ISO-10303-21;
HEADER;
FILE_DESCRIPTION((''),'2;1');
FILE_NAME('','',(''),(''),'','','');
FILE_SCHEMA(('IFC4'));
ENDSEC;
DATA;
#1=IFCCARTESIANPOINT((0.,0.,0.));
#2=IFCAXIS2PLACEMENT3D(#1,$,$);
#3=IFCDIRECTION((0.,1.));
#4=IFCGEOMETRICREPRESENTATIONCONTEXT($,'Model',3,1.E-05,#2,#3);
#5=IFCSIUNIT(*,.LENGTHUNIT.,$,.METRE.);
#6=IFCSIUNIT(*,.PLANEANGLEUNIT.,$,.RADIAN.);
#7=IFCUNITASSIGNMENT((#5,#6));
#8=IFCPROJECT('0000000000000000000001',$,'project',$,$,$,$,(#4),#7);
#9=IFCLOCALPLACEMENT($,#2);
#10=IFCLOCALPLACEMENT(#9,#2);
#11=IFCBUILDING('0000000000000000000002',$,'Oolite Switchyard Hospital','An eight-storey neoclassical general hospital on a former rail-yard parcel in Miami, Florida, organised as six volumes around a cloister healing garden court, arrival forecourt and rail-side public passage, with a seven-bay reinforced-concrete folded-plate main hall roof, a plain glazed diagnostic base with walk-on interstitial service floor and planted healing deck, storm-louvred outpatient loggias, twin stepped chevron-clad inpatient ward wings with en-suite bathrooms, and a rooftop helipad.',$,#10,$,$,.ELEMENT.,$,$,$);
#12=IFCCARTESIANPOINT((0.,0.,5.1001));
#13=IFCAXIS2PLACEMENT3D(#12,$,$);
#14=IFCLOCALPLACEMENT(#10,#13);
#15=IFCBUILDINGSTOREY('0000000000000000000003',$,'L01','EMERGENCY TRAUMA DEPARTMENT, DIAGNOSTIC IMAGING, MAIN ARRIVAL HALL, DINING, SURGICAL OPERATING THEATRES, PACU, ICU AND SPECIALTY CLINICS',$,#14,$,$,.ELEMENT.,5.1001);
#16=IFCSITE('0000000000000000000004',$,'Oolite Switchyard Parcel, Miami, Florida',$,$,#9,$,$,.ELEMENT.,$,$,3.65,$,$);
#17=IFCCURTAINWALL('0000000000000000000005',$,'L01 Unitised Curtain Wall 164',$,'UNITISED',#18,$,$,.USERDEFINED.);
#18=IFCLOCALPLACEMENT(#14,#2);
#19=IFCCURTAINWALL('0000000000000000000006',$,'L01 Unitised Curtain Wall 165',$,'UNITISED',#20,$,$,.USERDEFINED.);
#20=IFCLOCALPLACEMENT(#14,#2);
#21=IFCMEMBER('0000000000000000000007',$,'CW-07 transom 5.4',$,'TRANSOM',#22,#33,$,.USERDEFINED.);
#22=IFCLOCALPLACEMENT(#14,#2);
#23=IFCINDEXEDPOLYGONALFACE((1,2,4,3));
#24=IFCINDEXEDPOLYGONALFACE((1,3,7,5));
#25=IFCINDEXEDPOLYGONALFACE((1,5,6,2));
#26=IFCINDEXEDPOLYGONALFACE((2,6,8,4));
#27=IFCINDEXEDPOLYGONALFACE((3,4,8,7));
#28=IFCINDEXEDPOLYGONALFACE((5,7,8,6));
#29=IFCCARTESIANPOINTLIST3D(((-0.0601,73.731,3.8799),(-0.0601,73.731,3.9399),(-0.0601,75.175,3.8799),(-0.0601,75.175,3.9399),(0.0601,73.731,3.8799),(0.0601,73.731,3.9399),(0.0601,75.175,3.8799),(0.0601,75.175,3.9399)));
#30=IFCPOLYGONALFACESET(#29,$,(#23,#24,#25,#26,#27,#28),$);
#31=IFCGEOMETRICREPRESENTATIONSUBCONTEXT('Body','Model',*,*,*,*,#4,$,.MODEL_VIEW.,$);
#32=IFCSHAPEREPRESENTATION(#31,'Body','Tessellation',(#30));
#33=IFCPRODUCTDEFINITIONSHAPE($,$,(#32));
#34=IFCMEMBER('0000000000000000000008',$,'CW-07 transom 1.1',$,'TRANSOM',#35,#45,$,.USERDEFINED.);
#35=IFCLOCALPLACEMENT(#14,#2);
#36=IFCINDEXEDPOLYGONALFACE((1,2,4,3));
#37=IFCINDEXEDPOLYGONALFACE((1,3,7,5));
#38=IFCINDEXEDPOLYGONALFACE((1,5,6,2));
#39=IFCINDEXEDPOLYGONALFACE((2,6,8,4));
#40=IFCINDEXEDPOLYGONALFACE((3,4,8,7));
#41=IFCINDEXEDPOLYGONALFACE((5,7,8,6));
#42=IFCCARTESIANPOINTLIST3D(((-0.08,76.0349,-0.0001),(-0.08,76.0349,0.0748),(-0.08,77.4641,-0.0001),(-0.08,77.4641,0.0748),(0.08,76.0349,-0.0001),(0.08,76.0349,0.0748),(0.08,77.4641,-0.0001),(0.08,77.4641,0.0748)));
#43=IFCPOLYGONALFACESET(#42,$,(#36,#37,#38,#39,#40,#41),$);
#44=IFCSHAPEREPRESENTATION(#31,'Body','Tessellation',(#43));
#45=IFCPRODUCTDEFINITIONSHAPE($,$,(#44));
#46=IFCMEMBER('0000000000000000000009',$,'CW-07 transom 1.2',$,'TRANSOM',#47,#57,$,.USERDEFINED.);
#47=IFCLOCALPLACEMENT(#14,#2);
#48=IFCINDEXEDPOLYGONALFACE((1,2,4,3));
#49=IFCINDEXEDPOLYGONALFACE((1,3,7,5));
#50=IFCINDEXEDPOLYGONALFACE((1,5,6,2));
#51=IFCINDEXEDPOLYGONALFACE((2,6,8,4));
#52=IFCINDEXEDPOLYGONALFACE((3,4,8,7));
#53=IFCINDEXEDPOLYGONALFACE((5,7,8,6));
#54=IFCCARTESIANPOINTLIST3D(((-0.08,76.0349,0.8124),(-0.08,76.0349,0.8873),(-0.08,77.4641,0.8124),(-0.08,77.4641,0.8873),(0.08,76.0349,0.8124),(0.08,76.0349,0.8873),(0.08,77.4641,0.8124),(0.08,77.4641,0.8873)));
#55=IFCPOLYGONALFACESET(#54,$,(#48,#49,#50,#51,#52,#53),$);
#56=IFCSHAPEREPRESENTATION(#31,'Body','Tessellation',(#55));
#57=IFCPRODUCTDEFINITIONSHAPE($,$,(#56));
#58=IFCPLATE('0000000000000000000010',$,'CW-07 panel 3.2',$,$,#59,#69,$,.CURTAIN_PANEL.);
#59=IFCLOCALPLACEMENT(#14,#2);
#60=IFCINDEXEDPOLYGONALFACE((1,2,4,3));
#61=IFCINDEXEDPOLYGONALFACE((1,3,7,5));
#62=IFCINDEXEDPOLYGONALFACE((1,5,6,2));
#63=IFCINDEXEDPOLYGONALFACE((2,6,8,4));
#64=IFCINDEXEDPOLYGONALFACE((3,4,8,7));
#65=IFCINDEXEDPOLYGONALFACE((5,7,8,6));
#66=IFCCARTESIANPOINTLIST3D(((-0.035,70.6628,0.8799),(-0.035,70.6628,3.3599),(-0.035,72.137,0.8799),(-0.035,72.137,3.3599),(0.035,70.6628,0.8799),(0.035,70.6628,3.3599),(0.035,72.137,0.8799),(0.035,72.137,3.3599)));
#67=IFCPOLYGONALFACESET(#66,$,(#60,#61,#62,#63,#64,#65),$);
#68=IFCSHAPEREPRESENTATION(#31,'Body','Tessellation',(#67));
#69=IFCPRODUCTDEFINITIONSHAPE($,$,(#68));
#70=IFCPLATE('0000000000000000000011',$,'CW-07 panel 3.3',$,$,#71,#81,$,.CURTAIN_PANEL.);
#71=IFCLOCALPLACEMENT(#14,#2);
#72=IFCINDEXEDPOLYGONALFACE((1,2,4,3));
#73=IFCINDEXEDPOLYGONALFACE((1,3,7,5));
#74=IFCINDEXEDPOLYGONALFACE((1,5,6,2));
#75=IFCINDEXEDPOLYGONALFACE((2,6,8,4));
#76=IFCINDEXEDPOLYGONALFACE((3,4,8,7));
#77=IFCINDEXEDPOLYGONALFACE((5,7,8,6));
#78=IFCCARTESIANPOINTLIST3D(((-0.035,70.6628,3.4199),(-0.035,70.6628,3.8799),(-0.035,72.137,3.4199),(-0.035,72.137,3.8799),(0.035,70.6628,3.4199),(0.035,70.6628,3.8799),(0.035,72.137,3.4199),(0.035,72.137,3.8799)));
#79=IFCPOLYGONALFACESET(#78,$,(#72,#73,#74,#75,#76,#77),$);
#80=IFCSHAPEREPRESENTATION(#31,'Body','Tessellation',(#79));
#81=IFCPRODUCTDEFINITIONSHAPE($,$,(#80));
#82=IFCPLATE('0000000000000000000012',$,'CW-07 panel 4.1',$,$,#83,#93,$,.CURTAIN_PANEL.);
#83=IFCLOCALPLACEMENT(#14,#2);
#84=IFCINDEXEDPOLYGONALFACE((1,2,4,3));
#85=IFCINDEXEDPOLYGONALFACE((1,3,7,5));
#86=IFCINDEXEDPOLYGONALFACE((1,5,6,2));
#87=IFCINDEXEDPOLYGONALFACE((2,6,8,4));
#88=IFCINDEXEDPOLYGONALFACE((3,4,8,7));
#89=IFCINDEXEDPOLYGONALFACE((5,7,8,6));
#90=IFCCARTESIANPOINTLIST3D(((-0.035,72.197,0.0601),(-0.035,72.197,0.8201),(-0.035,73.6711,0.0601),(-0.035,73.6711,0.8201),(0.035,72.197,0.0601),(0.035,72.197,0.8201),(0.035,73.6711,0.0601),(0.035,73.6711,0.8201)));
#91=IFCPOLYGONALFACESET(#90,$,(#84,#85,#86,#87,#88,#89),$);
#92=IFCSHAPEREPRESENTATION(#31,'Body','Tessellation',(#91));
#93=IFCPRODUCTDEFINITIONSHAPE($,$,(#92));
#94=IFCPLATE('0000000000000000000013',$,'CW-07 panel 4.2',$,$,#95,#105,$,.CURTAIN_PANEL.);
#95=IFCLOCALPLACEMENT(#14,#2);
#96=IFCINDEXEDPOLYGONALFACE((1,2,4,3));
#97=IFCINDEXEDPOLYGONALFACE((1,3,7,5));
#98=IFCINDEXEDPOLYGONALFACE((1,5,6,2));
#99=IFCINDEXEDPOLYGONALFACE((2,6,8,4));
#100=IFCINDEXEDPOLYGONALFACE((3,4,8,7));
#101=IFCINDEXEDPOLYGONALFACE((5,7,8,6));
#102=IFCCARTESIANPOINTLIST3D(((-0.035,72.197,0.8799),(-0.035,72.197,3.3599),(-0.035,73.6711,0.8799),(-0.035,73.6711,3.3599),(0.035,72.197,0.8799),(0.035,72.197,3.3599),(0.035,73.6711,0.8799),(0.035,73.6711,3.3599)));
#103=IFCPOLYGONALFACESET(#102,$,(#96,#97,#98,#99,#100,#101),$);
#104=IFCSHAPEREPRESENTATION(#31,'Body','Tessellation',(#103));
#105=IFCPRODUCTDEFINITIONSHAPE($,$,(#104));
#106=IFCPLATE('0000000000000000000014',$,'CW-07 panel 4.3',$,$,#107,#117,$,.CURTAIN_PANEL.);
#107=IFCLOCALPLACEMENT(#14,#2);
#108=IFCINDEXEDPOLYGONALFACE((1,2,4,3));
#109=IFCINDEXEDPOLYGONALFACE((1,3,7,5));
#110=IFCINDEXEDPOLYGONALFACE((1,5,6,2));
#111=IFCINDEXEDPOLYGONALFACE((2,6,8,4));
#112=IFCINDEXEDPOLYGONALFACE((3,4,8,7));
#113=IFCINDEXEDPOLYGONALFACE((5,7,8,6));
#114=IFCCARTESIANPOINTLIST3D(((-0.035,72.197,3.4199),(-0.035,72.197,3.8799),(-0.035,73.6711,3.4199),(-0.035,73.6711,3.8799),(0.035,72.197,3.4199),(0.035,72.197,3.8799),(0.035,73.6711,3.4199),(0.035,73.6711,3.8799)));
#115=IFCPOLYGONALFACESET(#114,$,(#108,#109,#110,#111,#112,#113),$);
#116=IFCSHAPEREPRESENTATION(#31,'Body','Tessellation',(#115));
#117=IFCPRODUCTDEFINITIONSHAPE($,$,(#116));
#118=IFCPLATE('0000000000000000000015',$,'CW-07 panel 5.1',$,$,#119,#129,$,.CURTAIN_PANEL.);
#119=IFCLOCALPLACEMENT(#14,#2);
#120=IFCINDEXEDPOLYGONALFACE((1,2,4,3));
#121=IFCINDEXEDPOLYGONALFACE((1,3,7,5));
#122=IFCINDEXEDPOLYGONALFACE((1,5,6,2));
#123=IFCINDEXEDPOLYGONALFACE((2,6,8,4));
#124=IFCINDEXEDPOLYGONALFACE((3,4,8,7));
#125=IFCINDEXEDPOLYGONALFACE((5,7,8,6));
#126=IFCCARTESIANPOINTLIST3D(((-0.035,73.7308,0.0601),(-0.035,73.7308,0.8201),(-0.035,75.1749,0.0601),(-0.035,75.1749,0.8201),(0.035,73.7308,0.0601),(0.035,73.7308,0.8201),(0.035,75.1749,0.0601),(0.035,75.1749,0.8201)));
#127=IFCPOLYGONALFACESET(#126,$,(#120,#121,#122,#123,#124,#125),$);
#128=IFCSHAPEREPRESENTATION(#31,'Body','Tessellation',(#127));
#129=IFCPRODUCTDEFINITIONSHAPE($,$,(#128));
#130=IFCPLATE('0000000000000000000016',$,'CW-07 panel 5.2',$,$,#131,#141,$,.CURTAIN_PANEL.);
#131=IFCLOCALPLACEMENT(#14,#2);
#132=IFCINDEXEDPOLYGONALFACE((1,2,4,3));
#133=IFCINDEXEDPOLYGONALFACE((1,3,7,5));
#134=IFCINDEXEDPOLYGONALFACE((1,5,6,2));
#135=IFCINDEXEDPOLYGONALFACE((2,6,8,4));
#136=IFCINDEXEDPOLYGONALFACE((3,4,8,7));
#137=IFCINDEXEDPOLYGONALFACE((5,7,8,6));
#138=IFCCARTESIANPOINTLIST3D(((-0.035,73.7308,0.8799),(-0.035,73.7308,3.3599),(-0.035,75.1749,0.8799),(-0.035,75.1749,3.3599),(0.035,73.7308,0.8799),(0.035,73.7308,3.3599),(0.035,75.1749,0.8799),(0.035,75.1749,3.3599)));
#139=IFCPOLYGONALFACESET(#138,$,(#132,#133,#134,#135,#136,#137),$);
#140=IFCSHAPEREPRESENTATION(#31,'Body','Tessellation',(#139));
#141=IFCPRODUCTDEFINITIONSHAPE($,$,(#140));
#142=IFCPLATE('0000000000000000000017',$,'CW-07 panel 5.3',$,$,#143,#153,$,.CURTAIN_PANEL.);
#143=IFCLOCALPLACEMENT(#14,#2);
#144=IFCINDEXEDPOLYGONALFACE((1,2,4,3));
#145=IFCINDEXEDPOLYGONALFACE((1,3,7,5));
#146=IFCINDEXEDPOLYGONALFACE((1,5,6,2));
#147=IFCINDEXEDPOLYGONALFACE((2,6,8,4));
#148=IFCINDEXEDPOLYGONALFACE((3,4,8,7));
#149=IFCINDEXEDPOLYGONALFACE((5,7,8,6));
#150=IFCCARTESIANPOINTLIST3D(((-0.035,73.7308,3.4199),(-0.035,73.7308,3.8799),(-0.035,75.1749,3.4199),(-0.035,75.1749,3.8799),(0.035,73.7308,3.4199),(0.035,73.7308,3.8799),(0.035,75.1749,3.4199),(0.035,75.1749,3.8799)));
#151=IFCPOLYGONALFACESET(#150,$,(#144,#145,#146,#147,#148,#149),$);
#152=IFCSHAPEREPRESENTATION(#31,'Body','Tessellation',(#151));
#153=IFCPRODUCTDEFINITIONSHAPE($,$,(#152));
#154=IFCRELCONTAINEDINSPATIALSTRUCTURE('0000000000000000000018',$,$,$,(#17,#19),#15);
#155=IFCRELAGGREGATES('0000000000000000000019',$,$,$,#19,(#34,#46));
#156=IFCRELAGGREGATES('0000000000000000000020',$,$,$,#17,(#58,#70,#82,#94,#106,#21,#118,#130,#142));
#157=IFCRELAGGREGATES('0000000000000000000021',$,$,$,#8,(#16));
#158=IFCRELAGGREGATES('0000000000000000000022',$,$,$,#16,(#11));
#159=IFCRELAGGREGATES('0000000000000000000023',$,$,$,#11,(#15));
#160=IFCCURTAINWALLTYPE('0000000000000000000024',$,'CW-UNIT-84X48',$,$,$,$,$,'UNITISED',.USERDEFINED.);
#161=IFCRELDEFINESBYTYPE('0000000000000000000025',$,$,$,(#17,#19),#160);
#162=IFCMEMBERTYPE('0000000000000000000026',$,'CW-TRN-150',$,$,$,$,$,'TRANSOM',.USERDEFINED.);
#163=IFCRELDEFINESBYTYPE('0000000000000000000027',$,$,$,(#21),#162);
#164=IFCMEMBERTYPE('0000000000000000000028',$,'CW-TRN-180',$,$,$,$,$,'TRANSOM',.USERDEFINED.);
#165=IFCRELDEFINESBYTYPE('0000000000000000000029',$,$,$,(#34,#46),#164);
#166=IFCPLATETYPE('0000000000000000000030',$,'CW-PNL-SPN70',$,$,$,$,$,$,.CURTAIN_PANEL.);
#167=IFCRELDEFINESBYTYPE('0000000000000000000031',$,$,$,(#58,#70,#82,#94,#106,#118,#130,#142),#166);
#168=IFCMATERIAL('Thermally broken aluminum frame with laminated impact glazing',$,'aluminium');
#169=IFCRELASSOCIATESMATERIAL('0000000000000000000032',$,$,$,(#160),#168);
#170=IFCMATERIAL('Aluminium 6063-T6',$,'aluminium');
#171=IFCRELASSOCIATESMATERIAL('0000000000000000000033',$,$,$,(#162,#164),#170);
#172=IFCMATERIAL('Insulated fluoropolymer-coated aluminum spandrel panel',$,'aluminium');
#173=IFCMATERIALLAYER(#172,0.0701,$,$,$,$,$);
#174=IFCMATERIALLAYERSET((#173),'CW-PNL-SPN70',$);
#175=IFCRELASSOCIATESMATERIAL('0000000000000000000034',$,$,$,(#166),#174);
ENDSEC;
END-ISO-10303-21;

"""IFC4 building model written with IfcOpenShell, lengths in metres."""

from ifc_helpers import new_model, si_unit, direction, frame, origin, origin_2d, place, context, subcontext, project, spatial, rectangle, extrude, material, layer, layer_set, material_profile, profile_set, type_object, element, aggregate, save


model = new_model("IFC4")

# Units and contexts
model_context = context("Model", 3, precision=1e-05, world=origin(), true_north=direction((0.0, 1.0)))
body_context = subcontext(model_context, "Body", "Model", "MODEL_VIEW")
ifc_project = project(units=[si_unit("LENGTHUNIT", "METRE"), si_unit("PLANEANGLEUNIT", "RADIAN")], contexts=[model_context])

# Site, building, storey
site_placement = place(None, origin())
site = spatial("IfcSite", under=ifc_project, at=site_placement, Name="Oolite Switchyard Parcel, Miami, Florida", CompositionType="ELEMENT", RefElevation=3.65)
building_placement = place(site_placement, origin())
building = spatial("IfcBuilding", under=site, at=building_placement, Name="Oolite Switchyard Hospital", Description="An eight-storey neoclassical general hospital on a former rail-yard parcel in Miami, Florida, organised as six volumes around a cloister healing garden court, arrival forecourt and rail-side public passage, with a seven-bay reinforced-concrete folded-plate main hall roof, a plain glazed diagnostic base with walk-on interstitial service floor and planted healing deck, storm-louvred outpatient loggias, twin stepped chevron-clad inpatient ward wings with en-suite bathrooms, and a rooftop helipad.", CompositionType="ELEMENT")
storey_placement = place(building_placement, frame((0.0, 0.0, 5.1001)))
storey = spatial("IfcBuildingStorey", under=building, at=storey_placement, Name="L01", Description="EMERGENCY TRAUMA DEPARTMENT, DIAGNOSTIC IMAGING, MAIN ARRIVAL HALL, DINING, SURGICAL OPERATING THEATRES, PACU, ICU AND SPECIALTY CLINICS", CompositionType="ELEMENT", Elevation=5.1001)

# Curtain wall
ifc_material_1 = material(Name="Thermally broken aluminum frame with laminated impact glazing", Category="aluminium")
curtain_wall_type = type_object("IfcCurtainWallType", Name="CW-UNIT-84X48", ElementType="UNITISED", PredefinedType="USERDEFINED", material=ifc_material_1)
curtain_wall_1_placement = place(storey_placement, origin())
curtain_wall_1 = element("IfcCurtainWall", 1, at=curtain_wall_1_placement, inside=storey, type_object=curtain_wall_type, Name="L01 Unitised Curtain Wall 164", ObjectType="UNITISED", PredefinedType="USERDEFINED")
ifc_material_2 = material(Name="Aluminium 6063-T6", Category="aluminium")

# Curtain wall
curtain_wall_2_placement = place(storey_placement, origin())
curtain_wall_2 = element("IfcCurtainWall", 2, at=curtain_wall_2_placement, inside=storey, type_object=curtain_wall_type, Name="L01 Unitised Curtain Wall 165", ObjectType="UNITISED", PredefinedType="USERDEFINED")

# Members
ifc_material_profile_1 = material_profile(ifc_material_2, rectangle(XDim=0.1201, YDim=0.0601, at=origin_2d()), Name="CWT60X120")
ifc_profile_set_1 = profile_set([ifc_material_profile_1], Name="Aluminium 6063-T6")
member_type_1 = type_object("IfcMemberType", Name="CW-TRN-150", ElementType="TRANSOM", PredefinedType="USERDEFINED", material=ifc_profile_set_1)
member_1_placement = place(storey_placement, frame((0.0, 73.731, 3.9099), z_axis=(0.0, 1.0, 0.0), x_axis=(-1.0, 0.0, 0.0)))
member_1 = element("IfcMember", 3, at=member_1_placement, type_object=member_type_1, Name="CW-07 transom 5.4", ObjectType="TRANSOM", PredefinedType="USERDEFINED", context=body_context, shape_type="SweptSolid", body=[
    extrude(rectangle(XDim=0.1201, YDim=0.0601, at=origin_2d()), origin(), (0.0, 0.0, 1.0), 1.4441),
])
ifc_material_profile_2 = material_profile(ifc_material_2, rectangle(XDim=0.1599, YDim=0.075, at=origin_2d()), Name="CWT75X160")
ifc_profile_set_2 = profile_set([ifc_material_profile_2], Name="Aluminium 6063-T6")
member_type_2 = type_object("IfcMemberType", Name="CW-TRN-180", ElementType="TRANSOM", PredefinedType="USERDEFINED", material=ifc_profile_set_2)
member_2_placement = place(storey_placement, frame((0.0, 76.0349, 0.0374), z_axis=(0.0, 1.0, 0.0), x_axis=(-1.0, 0.0, 0.0)))
member_2 = element("IfcMember", 4, at=member_2_placement, type_object=member_type_2, Name="CW-07 transom 1.1", ObjectType="TRANSOM", PredefinedType="USERDEFINED", context=body_context, shape_type="SweptSolid", body=[
    extrude(rectangle(XDim=0.1599, YDim=0.075, at=origin_2d()), origin(), (0.0, 0.0, 1.0), 1.4292),
])
member_3_placement = place(storey_placement, frame((0.0, 76.0349, 0.8499), z_axis=(0.0, 1.0, 0.0), x_axis=(-1.0, 0.0, 0.0)))
member_3 = element("IfcMember", 5, at=member_3_placement, type_object=member_type_2, Name="CW-07 transom 1.2", ObjectType="TRANSOM", PredefinedType="USERDEFINED", context=body_context, shape_type="SweptSolid", body=[
    extrude(rectangle(XDim=0.1599, YDim=0.075, at=origin_2d()), origin(), (0.0, 0.0, 1.0), 1.4292),
])
aggregate(curtain_wall_2, [member_2, member_3])

# Plates
ifc_material_3 = material(Name="Insulated fluoropolymer-coated aluminum spandrel panel", Category="aluminium")
ifc_layer = layer(ifc_material_3, 0.0701)
ifc_layer_set = layer_set([ifc_layer], Name="CW-PNL-SPN70")
plate_type = type_object("IfcPlateType", Name="CW-PNL-SPN70", PredefinedType="CURTAIN_PANEL", material=ifc_layer_set)
plate_1_placement = place(storey_placement, frame((0.0, 71.3999, 0.8799), z_axis=(0.0, 0.0, 1.0), x_axis=(0.0, 1.0, 0.0)))
plate_1 = element("IfcPlate", 6, at=plate_1_placement, type_object=plate_type, Name="CW-07 panel 3.2", PredefinedType="CURTAIN_PANEL", context=body_context, shape_type="SweptSolid", body=[
    extrude(rectangle(XDim=1.4741, YDim=0.0701, at=origin_2d()), origin(), (0.0, 0.0, 1.0), 2.48),
])
plate_2_placement = place(storey_placement, frame((0.0, 71.3999, 3.4199), z_axis=(0.0, 0.0, 1.0), x_axis=(0.0, 1.0, 0.0)))
plate_2 = element("IfcPlate", 7, at=plate_2_placement, type_object=plate_type, Name="CW-07 panel 3.3", PredefinedType="CURTAIN_PANEL", context=body_context, shape_type="SweptSolid", body=[
    extrude(rectangle(XDim=1.4741, YDim=0.0701, at=origin_2d()), origin(), (0.0, 0.0, 1.0), 0.46),
])
plate_3_placement = place(storey_placement, frame((0.0, 72.9341, 0.0601), z_axis=(0.0, 0.0, 1.0), x_axis=(0.0, 1.0, 0.0)))
plate_3 = element("IfcPlate", 8, at=plate_3_placement, type_object=plate_type, Name="CW-07 panel 4.1", PredefinedType="CURTAIN_PANEL", context=body_context, shape_type="SweptSolid", body=[
    extrude(rectangle(XDim=1.4741, YDim=0.0701, at=origin_2d()), origin(), (0.0, 0.0, 1.0), 0.76),
])
plate_4_placement = place(storey_placement, frame((0.0, 72.9341, 0.8799), z_axis=(0.0, 0.0, 1.0), x_axis=(0.0, 1.0, 0.0)))
plate_4 = element("IfcPlate", 9, at=plate_4_placement, type_object=plate_type, Name="CW-07 panel 4.2", PredefinedType="CURTAIN_PANEL", context=body_context, shape_type="SweptSolid", body=[
    extrude(rectangle(XDim=1.4741, YDim=0.0701, at=origin_2d()), origin(), (0.0, 0.0, 1.0), 2.48),
])
plate_5_placement = place(storey_placement, frame((0.0, 72.9341, 3.4199), z_axis=(0.0, 0.0, 1.0), x_axis=(0.0, 1.0, 0.0)))
plate_5 = element("IfcPlate", 10, at=plate_5_placement, type_object=plate_type, Name="CW-07 panel 4.3", PredefinedType="CURTAIN_PANEL", context=body_context, shape_type="SweptSolid", body=[
    extrude(rectangle(XDim=1.4741, YDim=0.0701, at=origin_2d()), origin(), (0.0, 0.0, 1.0), 0.46),
])
plate_6_placement = place(storey_placement, frame((0.0, 74.4529, 0.0601), z_axis=(0.0, 0.0, 1.0), x_axis=(0.0, 1.0, 0.0)))
plate_6 = element("IfcPlate", 11, at=plate_6_placement, type_object=plate_type, Name="CW-07 panel 5.1", PredefinedType="CURTAIN_PANEL", context=body_context, shape_type="SweptSolid", body=[
    extrude(rectangle(XDim=1.4441, YDim=0.0701, at=origin_2d()), origin(), (0.0, 0.0, 1.0), 0.76),
])
plate_7_placement = place(storey_placement, frame((0.0, 74.4529, 0.8799), z_axis=(0.0, 0.0, 1.0), x_axis=(0.0, 1.0, 0.0)))
plate_7 = element("IfcPlate", 12, at=plate_7_placement, type_object=plate_type, Name="CW-07 panel 5.2", PredefinedType="CURTAIN_PANEL", context=body_context, shape_type="SweptSolid", body=[
    extrude(rectangle(XDim=1.4441, YDim=0.0701, at=origin_2d()), origin(), (0.0, 0.0, 1.0), 2.48),
])
plate_8_placement = place(storey_placement, frame((0.0, 74.4529, 3.4199), z_axis=(0.0, 0.0, 1.0), x_axis=(0.0, 1.0, 0.0)))
plate_8 = element("IfcPlate", 13, at=plate_8_placement, type_object=plate_type, Name="CW-07 panel 5.3", PredefinedType="CURTAIN_PANEL", context=body_context, shape_type="SweptSolid", body=[
    extrude(rectangle(XDim=1.4441, YDim=0.0701, at=origin_2d()), origin(), (0.0, 0.0, 1.0), 0.46),
])
aggregate(curtain_wall_1, [plate_1, plate_2, plate_3, plate_4, plate_5, member_1, plate_6, plate_7, plate_8])

save(model, "model.ifc")
